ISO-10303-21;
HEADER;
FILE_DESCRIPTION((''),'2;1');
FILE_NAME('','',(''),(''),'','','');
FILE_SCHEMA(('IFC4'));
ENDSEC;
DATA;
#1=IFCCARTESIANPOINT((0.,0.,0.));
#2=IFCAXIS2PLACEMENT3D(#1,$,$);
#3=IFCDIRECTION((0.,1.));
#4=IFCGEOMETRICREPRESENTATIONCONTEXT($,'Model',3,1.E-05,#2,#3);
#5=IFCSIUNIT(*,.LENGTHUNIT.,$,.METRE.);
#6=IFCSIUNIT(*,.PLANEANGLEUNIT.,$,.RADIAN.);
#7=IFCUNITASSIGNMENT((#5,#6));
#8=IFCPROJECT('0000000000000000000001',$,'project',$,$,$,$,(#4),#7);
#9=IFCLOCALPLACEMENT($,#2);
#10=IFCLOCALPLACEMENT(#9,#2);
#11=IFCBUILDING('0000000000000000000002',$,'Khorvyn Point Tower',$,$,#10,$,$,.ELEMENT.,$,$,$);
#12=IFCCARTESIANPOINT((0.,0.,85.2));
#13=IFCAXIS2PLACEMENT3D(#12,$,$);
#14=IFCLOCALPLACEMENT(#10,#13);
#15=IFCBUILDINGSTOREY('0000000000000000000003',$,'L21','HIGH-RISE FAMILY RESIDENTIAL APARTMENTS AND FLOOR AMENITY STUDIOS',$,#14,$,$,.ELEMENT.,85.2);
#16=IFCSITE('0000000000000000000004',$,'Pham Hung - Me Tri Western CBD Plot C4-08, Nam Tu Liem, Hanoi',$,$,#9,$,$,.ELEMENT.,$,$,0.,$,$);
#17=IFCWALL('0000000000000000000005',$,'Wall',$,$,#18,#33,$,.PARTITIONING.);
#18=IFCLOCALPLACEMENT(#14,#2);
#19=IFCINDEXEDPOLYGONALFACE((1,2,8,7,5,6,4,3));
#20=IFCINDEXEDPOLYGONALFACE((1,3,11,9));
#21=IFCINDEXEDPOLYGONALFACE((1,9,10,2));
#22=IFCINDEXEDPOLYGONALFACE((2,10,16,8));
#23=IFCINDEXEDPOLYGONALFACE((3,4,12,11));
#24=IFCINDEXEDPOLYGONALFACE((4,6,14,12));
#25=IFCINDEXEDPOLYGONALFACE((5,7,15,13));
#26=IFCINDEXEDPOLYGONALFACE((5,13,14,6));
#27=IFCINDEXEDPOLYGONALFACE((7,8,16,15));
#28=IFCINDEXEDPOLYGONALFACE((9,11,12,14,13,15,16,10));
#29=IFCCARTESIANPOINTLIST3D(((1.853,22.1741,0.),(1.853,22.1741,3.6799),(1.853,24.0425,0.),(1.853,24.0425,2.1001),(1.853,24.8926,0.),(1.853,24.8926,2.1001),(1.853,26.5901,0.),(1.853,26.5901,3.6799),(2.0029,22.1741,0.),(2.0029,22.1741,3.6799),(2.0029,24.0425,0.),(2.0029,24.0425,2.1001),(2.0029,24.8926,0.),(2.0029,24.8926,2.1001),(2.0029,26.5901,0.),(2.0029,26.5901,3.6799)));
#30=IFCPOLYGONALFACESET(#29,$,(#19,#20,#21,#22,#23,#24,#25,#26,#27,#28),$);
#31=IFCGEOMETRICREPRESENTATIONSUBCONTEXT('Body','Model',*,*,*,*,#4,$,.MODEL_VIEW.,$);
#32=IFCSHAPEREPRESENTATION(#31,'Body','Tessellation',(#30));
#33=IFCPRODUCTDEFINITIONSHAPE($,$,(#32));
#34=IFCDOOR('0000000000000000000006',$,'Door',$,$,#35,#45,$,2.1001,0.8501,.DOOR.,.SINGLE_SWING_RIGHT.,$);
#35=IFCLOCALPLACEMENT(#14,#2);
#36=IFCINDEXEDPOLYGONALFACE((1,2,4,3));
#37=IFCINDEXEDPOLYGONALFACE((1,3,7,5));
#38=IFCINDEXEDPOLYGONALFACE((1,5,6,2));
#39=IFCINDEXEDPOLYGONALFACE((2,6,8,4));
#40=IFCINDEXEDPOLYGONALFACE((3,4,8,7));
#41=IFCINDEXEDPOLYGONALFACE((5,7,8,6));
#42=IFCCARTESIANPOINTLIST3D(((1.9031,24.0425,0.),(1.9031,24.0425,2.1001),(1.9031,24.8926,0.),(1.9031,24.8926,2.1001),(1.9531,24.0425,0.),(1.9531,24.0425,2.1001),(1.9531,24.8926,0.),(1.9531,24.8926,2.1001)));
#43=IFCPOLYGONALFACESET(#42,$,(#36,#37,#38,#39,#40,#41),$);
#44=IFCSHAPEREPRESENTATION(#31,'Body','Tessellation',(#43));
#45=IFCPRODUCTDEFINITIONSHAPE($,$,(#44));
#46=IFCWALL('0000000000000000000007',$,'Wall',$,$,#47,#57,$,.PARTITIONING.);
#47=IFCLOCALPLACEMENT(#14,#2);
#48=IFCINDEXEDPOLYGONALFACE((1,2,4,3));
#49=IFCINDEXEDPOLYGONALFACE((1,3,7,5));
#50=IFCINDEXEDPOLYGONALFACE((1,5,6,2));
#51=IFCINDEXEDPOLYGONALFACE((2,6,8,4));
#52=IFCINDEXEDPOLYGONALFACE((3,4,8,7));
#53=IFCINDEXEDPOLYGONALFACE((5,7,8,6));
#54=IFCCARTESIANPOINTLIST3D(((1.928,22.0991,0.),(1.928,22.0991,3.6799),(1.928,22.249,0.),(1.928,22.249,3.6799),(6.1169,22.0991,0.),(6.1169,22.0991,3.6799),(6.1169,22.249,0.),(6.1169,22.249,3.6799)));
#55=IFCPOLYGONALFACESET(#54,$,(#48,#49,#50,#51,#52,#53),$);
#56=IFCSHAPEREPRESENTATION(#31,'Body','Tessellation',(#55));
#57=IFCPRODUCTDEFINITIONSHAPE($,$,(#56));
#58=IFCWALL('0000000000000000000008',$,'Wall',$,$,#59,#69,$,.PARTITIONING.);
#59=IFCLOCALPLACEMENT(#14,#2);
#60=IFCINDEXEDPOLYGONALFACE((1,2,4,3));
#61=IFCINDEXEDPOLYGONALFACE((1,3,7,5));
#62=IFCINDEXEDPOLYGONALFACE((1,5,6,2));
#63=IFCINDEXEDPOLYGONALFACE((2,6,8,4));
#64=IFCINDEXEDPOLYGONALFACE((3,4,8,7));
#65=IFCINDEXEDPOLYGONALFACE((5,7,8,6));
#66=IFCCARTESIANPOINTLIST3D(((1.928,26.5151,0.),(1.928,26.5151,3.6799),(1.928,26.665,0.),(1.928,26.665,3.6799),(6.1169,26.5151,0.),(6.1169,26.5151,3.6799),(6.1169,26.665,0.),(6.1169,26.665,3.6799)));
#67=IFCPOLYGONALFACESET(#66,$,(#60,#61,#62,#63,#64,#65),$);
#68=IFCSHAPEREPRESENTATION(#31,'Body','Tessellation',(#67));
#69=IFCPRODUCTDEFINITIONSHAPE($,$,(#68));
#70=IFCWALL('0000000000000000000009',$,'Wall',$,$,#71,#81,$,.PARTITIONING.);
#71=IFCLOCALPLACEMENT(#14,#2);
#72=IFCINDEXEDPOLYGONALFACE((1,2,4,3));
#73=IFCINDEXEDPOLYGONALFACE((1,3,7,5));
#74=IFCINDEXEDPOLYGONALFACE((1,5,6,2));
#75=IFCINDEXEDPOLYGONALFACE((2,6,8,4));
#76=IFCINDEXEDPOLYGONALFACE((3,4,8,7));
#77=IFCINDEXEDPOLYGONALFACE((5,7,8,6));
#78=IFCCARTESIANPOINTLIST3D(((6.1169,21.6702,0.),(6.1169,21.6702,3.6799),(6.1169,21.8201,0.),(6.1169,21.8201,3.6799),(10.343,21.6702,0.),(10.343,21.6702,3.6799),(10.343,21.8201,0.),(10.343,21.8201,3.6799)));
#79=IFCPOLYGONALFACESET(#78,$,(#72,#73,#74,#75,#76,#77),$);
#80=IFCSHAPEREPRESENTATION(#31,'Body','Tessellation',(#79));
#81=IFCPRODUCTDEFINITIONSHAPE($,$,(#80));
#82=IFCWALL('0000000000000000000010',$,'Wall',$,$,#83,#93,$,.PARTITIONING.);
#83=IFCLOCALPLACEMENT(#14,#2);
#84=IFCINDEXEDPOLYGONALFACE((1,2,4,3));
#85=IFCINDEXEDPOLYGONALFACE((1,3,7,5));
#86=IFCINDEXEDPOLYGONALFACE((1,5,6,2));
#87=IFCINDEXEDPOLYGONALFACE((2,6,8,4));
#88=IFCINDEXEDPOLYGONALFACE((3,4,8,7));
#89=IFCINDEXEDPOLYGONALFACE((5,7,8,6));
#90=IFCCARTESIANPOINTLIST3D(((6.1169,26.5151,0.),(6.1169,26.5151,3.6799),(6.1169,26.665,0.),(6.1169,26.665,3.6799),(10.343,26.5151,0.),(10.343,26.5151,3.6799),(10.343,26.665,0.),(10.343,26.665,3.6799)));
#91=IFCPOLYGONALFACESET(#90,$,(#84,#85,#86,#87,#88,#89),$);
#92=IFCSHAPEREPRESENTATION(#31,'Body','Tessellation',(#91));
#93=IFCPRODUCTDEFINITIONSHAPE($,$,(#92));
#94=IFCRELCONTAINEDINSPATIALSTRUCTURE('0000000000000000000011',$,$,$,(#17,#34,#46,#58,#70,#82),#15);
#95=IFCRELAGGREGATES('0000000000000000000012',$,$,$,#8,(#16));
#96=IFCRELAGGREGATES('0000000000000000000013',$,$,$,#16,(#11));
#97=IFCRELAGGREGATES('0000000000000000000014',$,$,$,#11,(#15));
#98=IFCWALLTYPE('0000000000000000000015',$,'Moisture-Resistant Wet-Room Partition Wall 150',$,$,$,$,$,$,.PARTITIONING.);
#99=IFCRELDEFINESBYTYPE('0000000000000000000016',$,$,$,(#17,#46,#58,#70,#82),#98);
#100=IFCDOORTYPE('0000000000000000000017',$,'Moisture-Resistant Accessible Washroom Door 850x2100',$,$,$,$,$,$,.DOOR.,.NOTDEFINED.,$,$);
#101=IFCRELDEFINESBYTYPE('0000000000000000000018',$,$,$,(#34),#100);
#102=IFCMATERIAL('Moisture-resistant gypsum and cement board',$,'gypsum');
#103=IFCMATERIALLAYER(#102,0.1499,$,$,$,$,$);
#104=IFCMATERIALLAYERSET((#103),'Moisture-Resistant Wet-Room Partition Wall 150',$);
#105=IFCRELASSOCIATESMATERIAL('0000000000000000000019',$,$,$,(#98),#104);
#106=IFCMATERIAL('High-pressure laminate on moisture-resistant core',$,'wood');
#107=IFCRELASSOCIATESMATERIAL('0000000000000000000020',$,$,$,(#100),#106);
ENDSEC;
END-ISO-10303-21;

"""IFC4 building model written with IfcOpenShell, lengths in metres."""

from ifc_helpers import new_model, si_unit, direction, frame, frame_2d, origin, place, context, subcontext, project, spatial, rectangle, extrude, material, layer, layer_set, type_object, element, fill, save


model = new_model("IFC4")

# Units and contexts
model_context = context("Model", 3, precision=1e-05, world=origin(), true_north=direction((0.0, 1.0)))
body_context = subcontext(model_context, "Body", "Model", "MODEL_VIEW")
ifc_project = project(units=[si_unit("LENGTHUNIT", "METRE"), si_unit("PLANEANGLEUNIT", "RADIAN")], contexts=[model_context])

# Site, building, storey
site_placement = place(None, origin())
site = spatial("IfcSite", under=ifc_project, at=site_placement, Name="Pham Hung - Me Tri Western CBD Plot C4-08, Nam Tu Liem, Hanoi", CompositionType="ELEMENT", RefElevation=0.0)
building_placement = place(site_placement, origin())
building = spatial("IfcBuilding", under=site, at=building_placement, Name="Khorvyn Point Tower", CompositionType="ELEMENT")
storey_placement = place(building_placement, frame((0.0, 0.0, 85.2)))
storey = spatial("IfcBuildingStorey", under=building, at=storey_placement, Name="L21", Description="HIGH-RISE FAMILY RESIDENTIAL APARTMENTS AND FLOOR AMENITY STUDIOS", CompositionType="ELEMENT", Elevation=85.2)

# Wall, opening, door
ifc_material_1 = material(Name="Moisture-resistant gypsum and cement board", Category="gypsum")
ifc_layer_1 = layer(ifc_material_1, 0.1499)
ifc_layer_set_1 = layer_set([ifc_layer_1], Name="Moisture-Resistant Wet-Room Partition Wall 150")
wall_type_1 = type_object("IfcWallType", Name="Moisture-Resistant Wet-Room Partition Wall 150", PredefinedType="PARTITIONING", material=ifc_layer_set_1)
wall_1_placement = place(storey_placement, frame((1.928, 22.1741, 0.0), z_axis=(0.0, 0.0, 1.0), x_axis=(0.0, 1.0, 0.0)))
wall_1 = element("IfcWall", 1, at=wall_1_placement, inside=storey, type_object=wall_type_1, Name="Wall", PredefinedType="PARTITIONING", context=body_context, shape_type="SweptSolid", body=[
    extrude(rectangle(XDim=4.416, YDim=0.1499, at=frame_2d((2.208, 0.0))), origin(), (0.0, 0.0, 1.0), 3.6799),
])
opening_1_placement = place(wall_1_placement, frame((1.8684, 0.0, 0.0)))
opening_1 = element("IfcOpeningElement", 2, at=opening_1_placement, cuts=wall_1, PredefinedType="OPENING", context=body_context, shape_type="SweptSolid", body=[
    extrude(rectangle(XDim=0.8501, YDim=2.1001, at=frame_2d((0.425, 1.05))), frame((0.0, 0.085, 0.0), z_axis=(0.0, -1.0, 0.0), x_axis=(1.0, 0.0, 0.0)), (0.0, 0.0, 1.0), 0.1699),
])
ifc_material_2 = material(Name="High-pressure laminate on moisture-resistant core", Category="wood")
door_type_1 = type_object("IfcDoorType", Name="Moisture-Resistant Accessible Washroom Door 850x2100", OperationType="NOTDEFINED", PredefinedType="DOOR", material=ifc_material_2)
door_1_placement = place(opening_1_placement, origin())
door_1 = element("IfcDoor", 3, at=door_1_placement, inside=storey, type_object=door_type_1, Name="Door", OperationType="SINGLE_SWING_RIGHT", OverallHeight=2.1001, OverallWidth=0.8501, PredefinedType="DOOR", context=body_context, shape_type="SweptSolid", body=[
    extrude(rectangle(XDim=0.8501, YDim=2.1001, at=frame_2d((0.425, 1.05))), frame((0.0, 0.0249, 0.0), z_axis=(0.0, -1.0, 0.0), x_axis=(1.0, 0.0, 0.0)), (0.0, 0.0, 1.0), 0.05),
])
fill(opening_1, door_1)

# Walls
for number, where, z_axis, x_axis, name in (
    (4, (1.928, 22.1741, 0.0), (0.0, 0.0, 1.0), (1.0, 0.0, 0.0), "Wall"),
    (5, (1.928, 26.5901, 0.0), (0.0, 0.0, 1.0), (1.0, 0.0, 0.0), "Wall"),
):
    element("IfcWall", number, at=place(storey_placement, frame(where, z_axis=z_axis, x_axis=x_axis)), inside=storey, type_object=wall_type_1, Name=name, PredefinedType="PARTITIONING", context=body_context, shape_type="SweptSolid", body=[
        extrude(rectangle(XDim=4.189, YDim=0.1499, at=frame_2d((2.0945, 0.0))), origin(), (0.0, 0.0, 1.0), 3.6799),
    ])
for number, where, z_axis, x_axis, name in (
    (6, (6.1169, 21.7451, 0.0), (0.0, 0.0, 1.0), (1.0, 0.0, 0.0), "Wall"),
    (7, (6.1169, 26.5901, 0.0), (0.0, 0.0, 1.0), (1.0, 0.0, 0.0), "Wall"),
):
    element("IfcWall", number, at=place(storey_placement, frame(where, z_axis=z_axis, x_axis=x_axis)), inside=storey, type_object=wall_type_1, Name=name, PredefinedType="PARTITIONING", context=body_context, shape_type="SweptSolid", body=[
        extrude(rectangle(XDim=4.2261, YDim=0.1499, at=frame_2d((2.113, 0.0))), origin(), (0.0, 0.0, 1.0), 3.6799),
    ])

save(model, "model.ifc")
